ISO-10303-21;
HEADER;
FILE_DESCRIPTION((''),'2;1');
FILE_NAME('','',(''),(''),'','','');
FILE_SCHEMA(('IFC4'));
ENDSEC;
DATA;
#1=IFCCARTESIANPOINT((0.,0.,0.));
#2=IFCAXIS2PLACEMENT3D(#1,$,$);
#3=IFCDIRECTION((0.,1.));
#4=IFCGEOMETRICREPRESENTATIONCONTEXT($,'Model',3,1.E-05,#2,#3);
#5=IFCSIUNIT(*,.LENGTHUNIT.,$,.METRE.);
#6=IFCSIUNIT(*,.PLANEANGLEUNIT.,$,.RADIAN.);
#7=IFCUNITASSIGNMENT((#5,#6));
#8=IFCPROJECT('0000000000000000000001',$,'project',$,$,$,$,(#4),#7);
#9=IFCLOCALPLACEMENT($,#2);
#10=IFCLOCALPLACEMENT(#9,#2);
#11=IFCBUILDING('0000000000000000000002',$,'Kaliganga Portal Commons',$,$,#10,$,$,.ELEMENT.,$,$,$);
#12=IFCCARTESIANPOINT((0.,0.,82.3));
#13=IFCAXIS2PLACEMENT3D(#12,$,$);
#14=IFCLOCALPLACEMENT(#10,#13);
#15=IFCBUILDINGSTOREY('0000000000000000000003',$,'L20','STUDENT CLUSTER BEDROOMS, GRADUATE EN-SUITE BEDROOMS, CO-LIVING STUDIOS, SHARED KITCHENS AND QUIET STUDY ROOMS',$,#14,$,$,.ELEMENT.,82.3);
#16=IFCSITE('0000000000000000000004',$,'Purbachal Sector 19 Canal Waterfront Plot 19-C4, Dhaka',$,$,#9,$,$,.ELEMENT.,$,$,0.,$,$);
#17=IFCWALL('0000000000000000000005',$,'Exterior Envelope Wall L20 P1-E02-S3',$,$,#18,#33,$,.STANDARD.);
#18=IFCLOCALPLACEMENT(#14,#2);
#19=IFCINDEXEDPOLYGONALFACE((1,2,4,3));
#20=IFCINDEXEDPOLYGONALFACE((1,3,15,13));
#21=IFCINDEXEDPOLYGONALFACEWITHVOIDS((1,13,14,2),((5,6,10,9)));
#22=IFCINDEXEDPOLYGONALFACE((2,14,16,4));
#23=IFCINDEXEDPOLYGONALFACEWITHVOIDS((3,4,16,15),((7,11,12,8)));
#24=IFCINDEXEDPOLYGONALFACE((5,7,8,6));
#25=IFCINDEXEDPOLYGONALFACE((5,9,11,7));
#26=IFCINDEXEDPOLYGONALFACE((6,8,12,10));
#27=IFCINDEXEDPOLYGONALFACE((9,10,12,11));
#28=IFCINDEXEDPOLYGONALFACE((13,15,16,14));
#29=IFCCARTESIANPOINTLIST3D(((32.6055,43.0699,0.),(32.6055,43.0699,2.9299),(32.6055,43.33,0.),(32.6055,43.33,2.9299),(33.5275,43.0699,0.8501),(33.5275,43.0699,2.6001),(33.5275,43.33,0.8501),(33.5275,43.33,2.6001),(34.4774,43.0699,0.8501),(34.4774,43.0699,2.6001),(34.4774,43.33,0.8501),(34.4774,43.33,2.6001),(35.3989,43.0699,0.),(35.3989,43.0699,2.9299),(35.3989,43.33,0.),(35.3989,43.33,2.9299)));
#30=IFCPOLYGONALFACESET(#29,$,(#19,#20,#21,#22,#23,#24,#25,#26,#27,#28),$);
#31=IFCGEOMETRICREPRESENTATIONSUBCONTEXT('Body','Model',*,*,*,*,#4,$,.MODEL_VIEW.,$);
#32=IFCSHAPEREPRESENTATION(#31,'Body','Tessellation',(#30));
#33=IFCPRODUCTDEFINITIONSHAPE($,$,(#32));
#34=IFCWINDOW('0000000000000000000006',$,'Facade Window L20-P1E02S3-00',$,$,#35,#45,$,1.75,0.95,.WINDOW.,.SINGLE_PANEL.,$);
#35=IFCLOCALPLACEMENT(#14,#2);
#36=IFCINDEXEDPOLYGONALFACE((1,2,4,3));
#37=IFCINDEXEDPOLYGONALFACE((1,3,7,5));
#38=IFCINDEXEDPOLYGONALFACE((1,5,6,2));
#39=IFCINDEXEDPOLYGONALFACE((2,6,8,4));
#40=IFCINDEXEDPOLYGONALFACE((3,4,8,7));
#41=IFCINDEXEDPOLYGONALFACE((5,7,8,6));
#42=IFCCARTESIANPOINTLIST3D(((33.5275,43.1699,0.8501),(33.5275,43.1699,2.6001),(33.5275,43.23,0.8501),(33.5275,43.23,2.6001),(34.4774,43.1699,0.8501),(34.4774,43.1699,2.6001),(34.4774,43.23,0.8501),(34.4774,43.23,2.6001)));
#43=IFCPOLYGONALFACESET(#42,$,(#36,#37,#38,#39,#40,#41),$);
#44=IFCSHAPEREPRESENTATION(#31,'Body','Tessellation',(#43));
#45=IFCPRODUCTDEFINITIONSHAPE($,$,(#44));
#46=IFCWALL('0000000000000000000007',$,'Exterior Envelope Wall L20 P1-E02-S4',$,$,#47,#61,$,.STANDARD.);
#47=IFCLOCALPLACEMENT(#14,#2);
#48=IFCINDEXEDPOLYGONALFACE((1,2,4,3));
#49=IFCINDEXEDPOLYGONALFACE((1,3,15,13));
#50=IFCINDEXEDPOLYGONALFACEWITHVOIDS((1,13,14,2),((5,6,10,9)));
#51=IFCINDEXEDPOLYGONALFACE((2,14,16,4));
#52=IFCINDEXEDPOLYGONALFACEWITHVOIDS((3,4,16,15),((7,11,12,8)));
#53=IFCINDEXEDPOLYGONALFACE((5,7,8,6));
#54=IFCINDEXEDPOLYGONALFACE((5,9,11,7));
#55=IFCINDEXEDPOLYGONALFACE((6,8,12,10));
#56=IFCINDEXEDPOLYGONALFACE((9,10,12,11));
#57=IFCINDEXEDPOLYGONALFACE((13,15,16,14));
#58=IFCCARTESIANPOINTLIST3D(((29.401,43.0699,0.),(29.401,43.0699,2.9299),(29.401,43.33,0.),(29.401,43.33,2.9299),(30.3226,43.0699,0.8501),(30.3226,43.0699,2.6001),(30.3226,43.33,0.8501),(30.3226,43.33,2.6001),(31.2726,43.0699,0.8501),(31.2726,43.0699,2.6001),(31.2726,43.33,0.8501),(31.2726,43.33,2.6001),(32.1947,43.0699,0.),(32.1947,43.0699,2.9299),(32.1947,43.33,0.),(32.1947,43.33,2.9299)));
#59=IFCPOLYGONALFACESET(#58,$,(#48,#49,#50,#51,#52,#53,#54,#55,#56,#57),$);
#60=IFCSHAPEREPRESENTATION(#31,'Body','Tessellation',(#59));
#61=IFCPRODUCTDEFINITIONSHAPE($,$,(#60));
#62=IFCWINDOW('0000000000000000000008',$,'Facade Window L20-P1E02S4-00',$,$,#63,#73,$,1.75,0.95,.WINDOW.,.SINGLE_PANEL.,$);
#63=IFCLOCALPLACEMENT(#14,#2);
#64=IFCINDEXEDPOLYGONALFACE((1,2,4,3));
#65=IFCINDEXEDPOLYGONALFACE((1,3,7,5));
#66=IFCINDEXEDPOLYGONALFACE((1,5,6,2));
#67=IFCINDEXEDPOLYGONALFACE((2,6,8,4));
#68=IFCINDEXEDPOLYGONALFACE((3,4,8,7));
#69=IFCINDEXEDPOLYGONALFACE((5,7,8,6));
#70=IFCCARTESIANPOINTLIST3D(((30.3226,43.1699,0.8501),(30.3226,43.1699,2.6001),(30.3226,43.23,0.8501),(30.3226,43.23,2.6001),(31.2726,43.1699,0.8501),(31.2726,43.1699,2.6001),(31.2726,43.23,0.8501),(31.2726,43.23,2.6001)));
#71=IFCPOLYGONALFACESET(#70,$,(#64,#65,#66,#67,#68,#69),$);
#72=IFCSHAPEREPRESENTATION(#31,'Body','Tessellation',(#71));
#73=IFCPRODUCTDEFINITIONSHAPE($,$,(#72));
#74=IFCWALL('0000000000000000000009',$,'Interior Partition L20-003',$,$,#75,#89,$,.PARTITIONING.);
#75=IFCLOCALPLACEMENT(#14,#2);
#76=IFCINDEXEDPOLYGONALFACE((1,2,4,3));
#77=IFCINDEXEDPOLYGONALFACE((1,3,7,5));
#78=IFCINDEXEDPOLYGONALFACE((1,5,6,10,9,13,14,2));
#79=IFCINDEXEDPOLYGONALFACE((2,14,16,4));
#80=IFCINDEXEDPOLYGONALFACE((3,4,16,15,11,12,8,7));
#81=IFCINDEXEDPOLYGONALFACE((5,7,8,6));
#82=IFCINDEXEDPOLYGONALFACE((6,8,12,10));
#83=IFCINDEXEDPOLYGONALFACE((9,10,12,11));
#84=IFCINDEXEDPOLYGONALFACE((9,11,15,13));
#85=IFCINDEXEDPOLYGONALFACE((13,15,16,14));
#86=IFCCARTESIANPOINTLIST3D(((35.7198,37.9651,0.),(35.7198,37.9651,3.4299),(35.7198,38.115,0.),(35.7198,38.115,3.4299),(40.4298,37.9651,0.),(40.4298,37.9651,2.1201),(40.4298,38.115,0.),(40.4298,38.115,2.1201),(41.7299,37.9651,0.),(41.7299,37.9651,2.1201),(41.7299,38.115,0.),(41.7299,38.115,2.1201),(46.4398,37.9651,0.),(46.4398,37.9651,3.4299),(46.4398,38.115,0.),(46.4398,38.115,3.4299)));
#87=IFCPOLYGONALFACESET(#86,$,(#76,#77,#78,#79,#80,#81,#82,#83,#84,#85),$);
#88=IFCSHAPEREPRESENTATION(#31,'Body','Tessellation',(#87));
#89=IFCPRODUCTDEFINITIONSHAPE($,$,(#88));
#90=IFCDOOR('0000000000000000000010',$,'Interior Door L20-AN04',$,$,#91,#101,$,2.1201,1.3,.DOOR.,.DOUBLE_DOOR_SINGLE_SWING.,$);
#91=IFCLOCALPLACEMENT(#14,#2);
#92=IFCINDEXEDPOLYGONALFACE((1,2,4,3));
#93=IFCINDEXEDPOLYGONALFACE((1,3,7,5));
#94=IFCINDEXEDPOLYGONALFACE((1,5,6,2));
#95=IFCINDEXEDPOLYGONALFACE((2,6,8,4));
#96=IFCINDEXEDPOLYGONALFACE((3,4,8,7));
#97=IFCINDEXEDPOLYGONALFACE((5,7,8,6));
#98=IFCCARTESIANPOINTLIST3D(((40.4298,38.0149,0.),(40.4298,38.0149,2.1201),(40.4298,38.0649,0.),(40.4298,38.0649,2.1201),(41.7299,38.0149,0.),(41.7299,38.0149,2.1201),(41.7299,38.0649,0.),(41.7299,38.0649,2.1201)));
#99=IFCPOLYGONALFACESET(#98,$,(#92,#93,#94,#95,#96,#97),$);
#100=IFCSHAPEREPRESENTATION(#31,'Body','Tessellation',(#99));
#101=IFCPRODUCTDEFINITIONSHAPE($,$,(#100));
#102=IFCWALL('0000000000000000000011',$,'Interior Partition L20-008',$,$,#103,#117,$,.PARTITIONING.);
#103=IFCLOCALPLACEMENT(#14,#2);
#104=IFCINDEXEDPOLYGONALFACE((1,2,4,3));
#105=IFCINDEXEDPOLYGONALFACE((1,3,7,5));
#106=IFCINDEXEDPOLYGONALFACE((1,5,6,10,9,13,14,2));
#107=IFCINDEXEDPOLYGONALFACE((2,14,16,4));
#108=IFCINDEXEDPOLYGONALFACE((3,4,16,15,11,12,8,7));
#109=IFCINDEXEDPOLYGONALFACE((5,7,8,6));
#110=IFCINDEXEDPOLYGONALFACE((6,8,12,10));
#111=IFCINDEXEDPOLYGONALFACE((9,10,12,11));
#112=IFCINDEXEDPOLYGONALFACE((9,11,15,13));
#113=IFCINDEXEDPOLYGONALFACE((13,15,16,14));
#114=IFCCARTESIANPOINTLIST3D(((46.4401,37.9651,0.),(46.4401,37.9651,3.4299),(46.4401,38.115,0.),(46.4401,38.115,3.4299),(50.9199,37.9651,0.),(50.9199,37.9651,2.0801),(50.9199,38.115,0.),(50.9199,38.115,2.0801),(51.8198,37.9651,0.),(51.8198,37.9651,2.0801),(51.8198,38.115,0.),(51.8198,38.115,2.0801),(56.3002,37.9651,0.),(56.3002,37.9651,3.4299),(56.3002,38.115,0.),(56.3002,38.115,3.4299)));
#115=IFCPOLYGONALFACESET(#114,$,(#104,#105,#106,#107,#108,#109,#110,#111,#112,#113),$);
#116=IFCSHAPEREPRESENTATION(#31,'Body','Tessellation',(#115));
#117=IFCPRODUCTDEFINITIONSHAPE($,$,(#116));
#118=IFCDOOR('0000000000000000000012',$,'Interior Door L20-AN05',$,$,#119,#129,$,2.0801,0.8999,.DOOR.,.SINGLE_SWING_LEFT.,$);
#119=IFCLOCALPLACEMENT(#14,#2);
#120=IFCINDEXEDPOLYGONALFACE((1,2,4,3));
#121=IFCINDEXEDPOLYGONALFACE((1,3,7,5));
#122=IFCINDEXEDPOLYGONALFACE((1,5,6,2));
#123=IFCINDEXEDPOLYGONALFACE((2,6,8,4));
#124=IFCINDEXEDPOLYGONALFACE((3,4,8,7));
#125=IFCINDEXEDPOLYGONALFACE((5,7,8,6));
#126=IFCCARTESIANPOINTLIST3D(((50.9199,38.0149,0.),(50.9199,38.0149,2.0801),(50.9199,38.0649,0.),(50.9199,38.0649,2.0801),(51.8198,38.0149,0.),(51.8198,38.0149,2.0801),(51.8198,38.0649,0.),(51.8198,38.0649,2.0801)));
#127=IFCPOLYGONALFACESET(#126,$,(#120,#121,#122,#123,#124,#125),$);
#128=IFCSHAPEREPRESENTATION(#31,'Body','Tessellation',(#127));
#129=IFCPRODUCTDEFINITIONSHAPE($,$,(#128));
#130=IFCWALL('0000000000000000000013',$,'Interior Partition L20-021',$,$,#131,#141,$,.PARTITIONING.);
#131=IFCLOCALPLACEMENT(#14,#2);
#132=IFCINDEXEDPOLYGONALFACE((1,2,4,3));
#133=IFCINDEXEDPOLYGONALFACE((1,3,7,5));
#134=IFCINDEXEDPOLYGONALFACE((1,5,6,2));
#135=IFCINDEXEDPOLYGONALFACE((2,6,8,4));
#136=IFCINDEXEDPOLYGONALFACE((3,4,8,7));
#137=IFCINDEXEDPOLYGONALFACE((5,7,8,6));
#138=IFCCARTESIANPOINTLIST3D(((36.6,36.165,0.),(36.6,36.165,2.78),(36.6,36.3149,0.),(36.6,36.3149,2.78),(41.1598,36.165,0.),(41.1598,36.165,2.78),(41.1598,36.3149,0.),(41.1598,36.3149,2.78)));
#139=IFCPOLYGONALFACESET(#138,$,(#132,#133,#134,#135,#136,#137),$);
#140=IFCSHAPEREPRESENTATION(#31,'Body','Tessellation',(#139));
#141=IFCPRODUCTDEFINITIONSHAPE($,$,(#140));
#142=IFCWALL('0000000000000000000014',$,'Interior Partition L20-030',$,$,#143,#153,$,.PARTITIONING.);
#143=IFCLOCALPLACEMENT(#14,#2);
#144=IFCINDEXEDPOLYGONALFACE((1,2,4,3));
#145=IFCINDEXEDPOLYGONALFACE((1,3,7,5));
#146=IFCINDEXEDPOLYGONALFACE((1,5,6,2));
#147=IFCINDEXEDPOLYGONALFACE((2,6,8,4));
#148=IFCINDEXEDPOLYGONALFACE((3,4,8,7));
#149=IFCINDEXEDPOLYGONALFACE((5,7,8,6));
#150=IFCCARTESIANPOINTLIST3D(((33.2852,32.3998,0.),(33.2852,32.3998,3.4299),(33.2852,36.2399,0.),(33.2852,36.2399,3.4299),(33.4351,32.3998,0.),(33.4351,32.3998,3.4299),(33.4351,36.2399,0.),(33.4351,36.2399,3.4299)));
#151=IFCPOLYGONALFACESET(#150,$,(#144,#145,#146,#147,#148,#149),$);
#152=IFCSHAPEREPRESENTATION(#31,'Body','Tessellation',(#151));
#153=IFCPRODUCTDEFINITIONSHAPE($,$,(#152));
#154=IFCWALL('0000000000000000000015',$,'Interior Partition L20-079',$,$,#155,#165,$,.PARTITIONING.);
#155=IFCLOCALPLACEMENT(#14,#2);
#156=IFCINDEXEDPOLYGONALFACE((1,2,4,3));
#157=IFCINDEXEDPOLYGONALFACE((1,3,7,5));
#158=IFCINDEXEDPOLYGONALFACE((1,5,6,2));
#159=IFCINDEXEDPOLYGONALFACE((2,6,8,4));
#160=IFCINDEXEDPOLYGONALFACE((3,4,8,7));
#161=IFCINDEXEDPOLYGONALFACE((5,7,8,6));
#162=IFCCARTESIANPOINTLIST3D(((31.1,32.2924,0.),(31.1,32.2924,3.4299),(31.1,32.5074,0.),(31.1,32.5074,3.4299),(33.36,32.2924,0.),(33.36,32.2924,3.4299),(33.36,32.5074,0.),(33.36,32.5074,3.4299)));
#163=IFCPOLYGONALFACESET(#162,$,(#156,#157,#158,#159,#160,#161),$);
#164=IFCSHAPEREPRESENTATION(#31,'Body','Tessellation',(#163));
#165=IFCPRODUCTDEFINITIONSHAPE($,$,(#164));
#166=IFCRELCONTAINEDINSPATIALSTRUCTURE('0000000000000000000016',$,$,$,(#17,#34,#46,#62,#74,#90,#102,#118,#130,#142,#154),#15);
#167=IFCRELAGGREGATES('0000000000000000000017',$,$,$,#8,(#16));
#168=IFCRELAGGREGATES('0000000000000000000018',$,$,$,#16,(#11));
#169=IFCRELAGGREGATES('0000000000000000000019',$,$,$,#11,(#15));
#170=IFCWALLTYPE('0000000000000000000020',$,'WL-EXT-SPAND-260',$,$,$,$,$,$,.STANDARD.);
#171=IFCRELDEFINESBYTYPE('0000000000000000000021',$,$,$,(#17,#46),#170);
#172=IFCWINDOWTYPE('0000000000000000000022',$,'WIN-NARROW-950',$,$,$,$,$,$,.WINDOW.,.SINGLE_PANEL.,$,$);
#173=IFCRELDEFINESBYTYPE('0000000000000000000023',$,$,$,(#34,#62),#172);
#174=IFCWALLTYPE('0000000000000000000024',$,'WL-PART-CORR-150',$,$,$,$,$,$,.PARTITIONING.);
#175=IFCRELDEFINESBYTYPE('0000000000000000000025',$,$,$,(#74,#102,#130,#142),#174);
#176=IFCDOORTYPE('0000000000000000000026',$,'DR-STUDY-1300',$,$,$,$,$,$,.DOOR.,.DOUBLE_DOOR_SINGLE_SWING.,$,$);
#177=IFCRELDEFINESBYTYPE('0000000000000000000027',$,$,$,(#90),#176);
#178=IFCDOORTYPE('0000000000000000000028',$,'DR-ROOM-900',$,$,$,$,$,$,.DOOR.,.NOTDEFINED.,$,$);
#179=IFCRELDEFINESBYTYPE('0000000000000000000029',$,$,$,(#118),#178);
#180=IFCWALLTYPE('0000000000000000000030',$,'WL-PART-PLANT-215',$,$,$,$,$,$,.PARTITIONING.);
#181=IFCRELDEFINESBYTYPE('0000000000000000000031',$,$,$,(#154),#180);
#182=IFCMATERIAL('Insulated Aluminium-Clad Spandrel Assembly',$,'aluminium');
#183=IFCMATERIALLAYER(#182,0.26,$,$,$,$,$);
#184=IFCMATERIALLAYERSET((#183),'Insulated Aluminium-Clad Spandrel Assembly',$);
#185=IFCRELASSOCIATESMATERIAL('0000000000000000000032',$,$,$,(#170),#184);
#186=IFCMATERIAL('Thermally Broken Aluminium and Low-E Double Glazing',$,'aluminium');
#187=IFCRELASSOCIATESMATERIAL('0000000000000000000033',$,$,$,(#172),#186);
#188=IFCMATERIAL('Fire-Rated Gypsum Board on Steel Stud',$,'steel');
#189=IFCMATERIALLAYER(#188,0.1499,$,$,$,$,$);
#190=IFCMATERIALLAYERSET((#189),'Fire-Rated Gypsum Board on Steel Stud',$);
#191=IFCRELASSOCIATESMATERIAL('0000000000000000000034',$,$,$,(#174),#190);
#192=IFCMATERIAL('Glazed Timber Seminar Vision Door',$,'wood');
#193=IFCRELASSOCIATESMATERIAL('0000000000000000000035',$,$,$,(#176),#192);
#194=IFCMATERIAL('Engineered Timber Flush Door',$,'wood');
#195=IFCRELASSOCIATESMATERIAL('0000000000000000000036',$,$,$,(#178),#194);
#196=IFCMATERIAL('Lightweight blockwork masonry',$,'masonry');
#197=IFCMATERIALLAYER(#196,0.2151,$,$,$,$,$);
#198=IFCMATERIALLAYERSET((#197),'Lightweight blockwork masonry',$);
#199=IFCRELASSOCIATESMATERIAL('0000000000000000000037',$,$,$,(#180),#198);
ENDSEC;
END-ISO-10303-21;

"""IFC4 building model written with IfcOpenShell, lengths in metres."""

from ifc_helpers import new_model, si_unit, direction, frame, frame_2d, origin, place, context, subcontext, project, spatial, rectangle, extrude, material, layer, layer_set, type_object, element, fill, save


model = new_model("IFC4")

# Units and contexts
model_context = context("Model", 3, precision=1e-05, world=origin(), true_north=direction((0.0, 1.0)))
body_context = subcontext(model_context, "Body", "Model", "MODEL_VIEW")
ifc_project = project(units=[si_unit("LENGTHUNIT", "METRE"), si_unit("PLANEANGLEUNIT", "RADIAN")], contexts=[model_context])

# Site, building, storey
site_placement = place(None, origin())
site = spatial("IfcSite", under=ifc_project, at=site_placement, Name="Purbachal Sector 19 Canal Waterfront Plot 19-C4, Dhaka", CompositionType="ELEMENT", RefElevation=0.0)
building_placement = place(site_placement, origin())
building = spatial("IfcBuilding", under=site, at=building_placement, Name="Kaliganga Portal Commons", CompositionType="ELEMENT")
storey_placement = place(building_placement, frame((0.0, 0.0, 82.3)))
storey = spatial("IfcBuildingStorey", under=building, at=storey_placement, Name="L20", Description="STUDENT CLUSTER BEDROOMS, GRADUATE EN-SUITE BEDROOMS, CO-LIVING STUDIOS, SHARED KITCHENS AND QUIET STUDY ROOMS", CompositionType="ELEMENT", Elevation=82.3)

# Shared definitions
ifc_material_1 = material(Name="Insulated Aluminium-Clad Spandrel Assembly", Category="aluminium")
ifc_layer_1 = layer(ifc_material_1, 0.26)
ifc_layer_set_1 = layer_set([ifc_layer_1], Name="Insulated Aluminium-Clad Spandrel Assembly")
wall_type_1 = type_object("IfcWallType", Name="WL-EXT-SPAND-260", PredefinedType="STANDARD", material=ifc_layer_set_1)
ifc_material_2 = material(Name="Thermally Broken Aluminium and Low-E Double Glazing", Category="aluminium")

# Walls, openings, windows
wall_1_placement = place(storey_placement, frame((32.6055, 43.2, 0.0), z_axis=(0.0, 0.0, 1.0), x_axis=(1.0, 0.0, 0.0)))
wall_1 = element("IfcWall", 1, at=wall_1_placement, inside=storey, type_object=wall_type_1, Name="Exterior Envelope Wall L20 P1-E02-S3", PredefinedType="STANDARD", context=body_context, shape_type="SweptSolid", body=[
    extrude(rectangle(XDim=2.7935, YDim=0.26, at=frame_2d((1.3967, 0.0))), origin(), (0.0, 0.0, 1.0), 2.9299),
])
opening_1_placement = place(wall_1_placement, frame((0.9219, 0.0, 0.8501)))
opening_1 = element("IfcOpeningElement", 2, at=opening_1_placement, cuts=wall_1, PredefinedType="OPENING", context=body_context, shape_type="SweptSolid", body=[
    extrude(rectangle(XDim=0.95, YDim=1.75, at=frame_2d((0.4751, 0.875))), frame((0.0, 0.1401, 0.0), z_axis=(0.0, -1.0, 0.0), x_axis=(1.0, 0.0, 0.0)), (0.0, 0.0, 1.0), 0.28),
])
window_type_1 = type_object("IfcWindowType", Name="WIN-NARROW-950", PartitioningType="SINGLE_PANEL", PredefinedType="WINDOW", material=ifc_material_2)
window_1_placement = place(opening_1_placement, origin())
window_1 = element("IfcWindow", 3, at=window_1_placement, inside=storey, type_object=window_type_1, Name="Facade Window L20-P1E02S3-00", OverallHeight=1.75, OverallWidth=0.95, PartitioningType="SINGLE_PANEL", PredefinedType="WINDOW", context=body_context, shape_type="SweptSolid", body=[
    extrude(rectangle(XDim=0.95, YDim=1.75, at=frame_2d((0.4751, 0.875))), frame((0.0, 0.03, 0.0), z_axis=(0.0, -1.0, 0.0), x_axis=(1.0, 0.0, 0.0)), (0.0, 0.0, 1.0), 0.0601),
])
fill(opening_1, window_1)
wall_2_placement = place(storey_placement, frame((29.4009, 43.2, 0.0), z_axis=(0.0, 0.0, 1.0), x_axis=(1.0, 0.0, 0.0)))
wall_2 = element("IfcWall", 4, at=wall_2_placement, inside=storey, type_object=wall_type_1, Name="Exterior Envelope Wall L20 P1-E02-S4", PredefinedType="STANDARD", context=body_context, shape_type="SweptSolid", body=[
    extrude(rectangle(XDim=2.7937, YDim=0.26, at=frame_2d((1.397, 0.0))), origin(), (0.0, 0.0, 1.0), 2.9299),
])
opening_2_placement = place(wall_2_placement, frame((0.9216, 0.0, 0.8501)))
opening_2 = element("IfcOpeningElement", 5, at=opening_2_placement, cuts=wall_2, PredefinedType="OPENING", context=body_context, shape_type="SweptSolid", body=[
    extrude(rectangle(XDim=0.95, YDim=1.75, at=frame_2d((0.4751, 0.875))), frame((0.0, 0.1401, 0.0), z_axis=(0.0, -1.0, 0.0), x_axis=(1.0, 0.0, 0.0)), (0.0, 0.0, 1.0), 0.28),
])
window_2_placement = place(opening_2_placement, origin())
window_2 = element("IfcWindow", 6, at=window_2_placement, inside=storey, type_object=window_type_1, Name="Facade Window L20-P1E02S4-00", OverallHeight=1.75, OverallWidth=0.95, PartitioningType="SINGLE_PANEL", PredefinedType="WINDOW", context=body_context, shape_type="SweptSolid", body=[
    extrude(rectangle(XDim=0.95, YDim=1.75, at=frame_2d((0.4751, 0.875))), frame((0.0, 0.03, 0.0), z_axis=(0.0, -1.0, 0.0), x_axis=(1.0, 0.0, 0.0)), (0.0, 0.0, 1.0), 0.0601),
])
fill(opening_2, window_2)

# Walls, openings, doors
ifc_material_3 = material(Name="Fire-Rated Gypsum Board on Steel Stud", Category="steel")
ifc_layer_2 = layer(ifc_material_3, 0.1499)
ifc_layer_set_2 = layer_set([ifc_layer_2], Name="Fire-Rated Gypsum Board on Steel Stud")
wall_type_2 = type_object("IfcWallType", Name="WL-PART-CORR-150", PredefinedType="PARTITIONING", material=ifc_layer_set_2)
wall_3_placement = place(storey_placement, frame((35.72, 38.04, 0.0), z_axis=(0.0, 0.0, 1.0), x_axis=(1.0, 0.0, 0.0)))
wall_3 = element("IfcWall", 7, at=wall_3_placement, inside=storey, type_object=wall_type_2, Name="Interior Partition L20-003", PredefinedType="PARTITIONING", context=body_context, shape_type="SweptSolid", body=[
    extrude(rectangle(XDim=10.72, YDim=0.1499, at=frame_2d((5.3599, 0.0))), origin(), (0.0, 0.0, 1.0), 3.4299),
])
opening_3_placement = place(wall_3_placement, frame((4.71, 0.0, 0.0)))
opening_3 = element("IfcOpeningElement", 8, at=opening_3_placement, cuts=wall_3, PredefinedType="OPENING", context=body_context, shape_type="SweptSolid", body=[
    extrude(rectangle(XDim=1.3, YDim=2.1201, at=frame_2d((0.6499, 1.0601))), frame((0.0, 0.085, 0.0), z_axis=(0.0, -1.0, 0.0), x_axis=(1.0, 0.0, 0.0)), (0.0, 0.0, 1.0), 0.1699),
])
ifc_material_4 = material(Name="Glazed Timber Seminar Vision Door", Category="wood")
door_type_1 = type_object("IfcDoorType", Name="DR-STUDY-1300", OperationType="DOUBLE_DOOR_SINGLE_SWING", PredefinedType="DOOR", material=ifc_material_4)
door_1_placement = place(opening_3_placement, origin())
door_1 = element("IfcDoor", 9, at=door_1_placement, inside=storey, type_object=door_type_1, Name="Interior Door L20-AN04", OperationType="DOUBLE_DOOR_SINGLE_SWING", OverallHeight=2.1201, OverallWidth=1.3, PredefinedType="DOOR", context=body_context, shape_type="SweptSolid", body=[
    extrude(rectangle(XDim=1.3, YDim=2.1201, at=frame_2d((0.6499, 1.0601))), frame((0.0, 0.0249, 0.0), z_axis=(0.0, -1.0, 0.0), x_axis=(1.0, 0.0, 0.0)), (0.0, 0.0, 1.0), 0.05),
])
fill(opening_3, door_1)
wall_4_placement = place(storey_placement, frame((46.4399, 38.04, 0.0), z_axis=(0.0, 0.0, 1.0), x_axis=(1.0, 0.0, 0.0)))
wall_4 = element("IfcWall", 10, at=wall_4_placement, inside=storey, type_object=wall_type_2, Name="Interior Partition L20-008", PredefinedType="PARTITIONING", context=body_context, shape_type="SweptSolid", body=[
    extrude(rectangle(XDim=9.8601, YDim=0.1499, at=frame_2d((4.9302, 0.0))), origin(), (0.0, 0.0, 1.0), 3.4299),
])
opening_4_placement = place(wall_4_placement, frame((4.48, 0.0, 0.0)))
opening_4 = element("IfcOpeningElement", 11, at=opening_4_placement, cuts=wall_4, PredefinedType="OPENING", context=body_context, shape_type="SweptSolid", body=[
    extrude(rectangle(XDim=0.8999, YDim=2.0801, at=frame_2d((0.45, 1.04))), frame((0.0, 0.085, 0.0), z_axis=(0.0, -1.0, 0.0), x_axis=(1.0, 0.0, 0.0)), (0.0, 0.0, 1.0), 0.1699),
])
ifc_material_5 = material(Name="Engineered Timber Flush Door", Category="wood")
door_type_2 = type_object("IfcDoorType", Name="DR-ROOM-900", OperationType="NOTDEFINED", PredefinedType="DOOR", material=ifc_material_5)
door_2_placement = place(opening_4_placement, origin())
door_2 = element("IfcDoor", 12, at=door_2_placement, inside=storey, type_object=door_type_2, Name="Interior Door L20-AN05", OperationType="SINGLE_SWING_LEFT", OverallHeight=2.0801, OverallWidth=0.8999, PredefinedType="DOOR", context=body_context, shape_type="SweptSolid", body=[
    extrude(rectangle(XDim=0.8999, YDim=2.0801, at=frame_2d((0.45, 1.04))), frame((0.0, 0.0249, 0.0), z_axis=(0.0, -1.0, 0.0), x_axis=(1.0, 0.0, 0.0)), (0.0, 0.0, 1.0), 0.05),
])
fill(opening_4, door_2)

# Wall
wall_5_placement = place(storey_placement, frame((36.6001, 36.24, 0.0), z_axis=(0.0, 0.0, 1.0), x_axis=(1.0, 0.0, 0.0)))
element("IfcWall", 13, at=wall_5_placement, inside=storey, type_object=wall_type_2, Name="Interior Partition L20-021", PredefinedType="PARTITIONING", context=body_context, shape_type="SweptSolid", body=[
    extrude(rectangle(XDim=4.5598, YDim=0.1499, at=frame_2d((2.2798, 0.0))), origin(), (0.0, 0.0, 1.0), 2.78),
])

# Walls
wall_6_placement = place(storey_placement, frame((33.3601, 32.3999, 0.0), z_axis=(0.0, 0.0, 1.0), x_axis=(0.0, 1.0, 0.0)))
element("IfcWall", 14, at=wall_6_placement, inside=storey, type_object=wall_type_2, Name="Interior Partition L20-030", PredefinedType="PARTITIONING", context=body_context, shape_type="SweptSolid", body=[
    extrude(rectangle(XDim=3.8401, YDim=0.1499, at=frame_2d((1.9199, 0.0))), origin(), (0.0, 0.0, 1.0), 3.4299),
])
ifc_material_6 = material(Name="Lightweight blockwork masonry", Category="masonry")
ifc_layer_3 = layer(ifc_material_6, 0.2151)
ifc_layer_set_3 = layer_set([ifc_layer_3], Name="Lightweight blockwork masonry")
wall_type_3 = type_object("IfcWallType", Name="WL-PART-PLANT-215", PredefinedType="PARTITIONING", material=ifc_layer_set_3)
wall_7_placement = place(storey_placement, frame((31.1001, 32.3999, 0.0), z_axis=(0.0, 0.0, 1.0), x_axis=(1.0, 0.0, 0.0)))
element("IfcWall", 15, at=wall_7_placement, inside=storey, type_object=wall_type_3, Name="Interior Partition L20-079", PredefinedType="PARTITIONING", context=body_context, shape_type="SweptSolid", body=[
    extrude(rectangle(XDim=2.26, YDim=0.2151, at=frame_2d((1.1299, 0.0))), origin(), (0.0, 0.0, 1.0), 3.4299),
])

save(model, "model.ifc")
